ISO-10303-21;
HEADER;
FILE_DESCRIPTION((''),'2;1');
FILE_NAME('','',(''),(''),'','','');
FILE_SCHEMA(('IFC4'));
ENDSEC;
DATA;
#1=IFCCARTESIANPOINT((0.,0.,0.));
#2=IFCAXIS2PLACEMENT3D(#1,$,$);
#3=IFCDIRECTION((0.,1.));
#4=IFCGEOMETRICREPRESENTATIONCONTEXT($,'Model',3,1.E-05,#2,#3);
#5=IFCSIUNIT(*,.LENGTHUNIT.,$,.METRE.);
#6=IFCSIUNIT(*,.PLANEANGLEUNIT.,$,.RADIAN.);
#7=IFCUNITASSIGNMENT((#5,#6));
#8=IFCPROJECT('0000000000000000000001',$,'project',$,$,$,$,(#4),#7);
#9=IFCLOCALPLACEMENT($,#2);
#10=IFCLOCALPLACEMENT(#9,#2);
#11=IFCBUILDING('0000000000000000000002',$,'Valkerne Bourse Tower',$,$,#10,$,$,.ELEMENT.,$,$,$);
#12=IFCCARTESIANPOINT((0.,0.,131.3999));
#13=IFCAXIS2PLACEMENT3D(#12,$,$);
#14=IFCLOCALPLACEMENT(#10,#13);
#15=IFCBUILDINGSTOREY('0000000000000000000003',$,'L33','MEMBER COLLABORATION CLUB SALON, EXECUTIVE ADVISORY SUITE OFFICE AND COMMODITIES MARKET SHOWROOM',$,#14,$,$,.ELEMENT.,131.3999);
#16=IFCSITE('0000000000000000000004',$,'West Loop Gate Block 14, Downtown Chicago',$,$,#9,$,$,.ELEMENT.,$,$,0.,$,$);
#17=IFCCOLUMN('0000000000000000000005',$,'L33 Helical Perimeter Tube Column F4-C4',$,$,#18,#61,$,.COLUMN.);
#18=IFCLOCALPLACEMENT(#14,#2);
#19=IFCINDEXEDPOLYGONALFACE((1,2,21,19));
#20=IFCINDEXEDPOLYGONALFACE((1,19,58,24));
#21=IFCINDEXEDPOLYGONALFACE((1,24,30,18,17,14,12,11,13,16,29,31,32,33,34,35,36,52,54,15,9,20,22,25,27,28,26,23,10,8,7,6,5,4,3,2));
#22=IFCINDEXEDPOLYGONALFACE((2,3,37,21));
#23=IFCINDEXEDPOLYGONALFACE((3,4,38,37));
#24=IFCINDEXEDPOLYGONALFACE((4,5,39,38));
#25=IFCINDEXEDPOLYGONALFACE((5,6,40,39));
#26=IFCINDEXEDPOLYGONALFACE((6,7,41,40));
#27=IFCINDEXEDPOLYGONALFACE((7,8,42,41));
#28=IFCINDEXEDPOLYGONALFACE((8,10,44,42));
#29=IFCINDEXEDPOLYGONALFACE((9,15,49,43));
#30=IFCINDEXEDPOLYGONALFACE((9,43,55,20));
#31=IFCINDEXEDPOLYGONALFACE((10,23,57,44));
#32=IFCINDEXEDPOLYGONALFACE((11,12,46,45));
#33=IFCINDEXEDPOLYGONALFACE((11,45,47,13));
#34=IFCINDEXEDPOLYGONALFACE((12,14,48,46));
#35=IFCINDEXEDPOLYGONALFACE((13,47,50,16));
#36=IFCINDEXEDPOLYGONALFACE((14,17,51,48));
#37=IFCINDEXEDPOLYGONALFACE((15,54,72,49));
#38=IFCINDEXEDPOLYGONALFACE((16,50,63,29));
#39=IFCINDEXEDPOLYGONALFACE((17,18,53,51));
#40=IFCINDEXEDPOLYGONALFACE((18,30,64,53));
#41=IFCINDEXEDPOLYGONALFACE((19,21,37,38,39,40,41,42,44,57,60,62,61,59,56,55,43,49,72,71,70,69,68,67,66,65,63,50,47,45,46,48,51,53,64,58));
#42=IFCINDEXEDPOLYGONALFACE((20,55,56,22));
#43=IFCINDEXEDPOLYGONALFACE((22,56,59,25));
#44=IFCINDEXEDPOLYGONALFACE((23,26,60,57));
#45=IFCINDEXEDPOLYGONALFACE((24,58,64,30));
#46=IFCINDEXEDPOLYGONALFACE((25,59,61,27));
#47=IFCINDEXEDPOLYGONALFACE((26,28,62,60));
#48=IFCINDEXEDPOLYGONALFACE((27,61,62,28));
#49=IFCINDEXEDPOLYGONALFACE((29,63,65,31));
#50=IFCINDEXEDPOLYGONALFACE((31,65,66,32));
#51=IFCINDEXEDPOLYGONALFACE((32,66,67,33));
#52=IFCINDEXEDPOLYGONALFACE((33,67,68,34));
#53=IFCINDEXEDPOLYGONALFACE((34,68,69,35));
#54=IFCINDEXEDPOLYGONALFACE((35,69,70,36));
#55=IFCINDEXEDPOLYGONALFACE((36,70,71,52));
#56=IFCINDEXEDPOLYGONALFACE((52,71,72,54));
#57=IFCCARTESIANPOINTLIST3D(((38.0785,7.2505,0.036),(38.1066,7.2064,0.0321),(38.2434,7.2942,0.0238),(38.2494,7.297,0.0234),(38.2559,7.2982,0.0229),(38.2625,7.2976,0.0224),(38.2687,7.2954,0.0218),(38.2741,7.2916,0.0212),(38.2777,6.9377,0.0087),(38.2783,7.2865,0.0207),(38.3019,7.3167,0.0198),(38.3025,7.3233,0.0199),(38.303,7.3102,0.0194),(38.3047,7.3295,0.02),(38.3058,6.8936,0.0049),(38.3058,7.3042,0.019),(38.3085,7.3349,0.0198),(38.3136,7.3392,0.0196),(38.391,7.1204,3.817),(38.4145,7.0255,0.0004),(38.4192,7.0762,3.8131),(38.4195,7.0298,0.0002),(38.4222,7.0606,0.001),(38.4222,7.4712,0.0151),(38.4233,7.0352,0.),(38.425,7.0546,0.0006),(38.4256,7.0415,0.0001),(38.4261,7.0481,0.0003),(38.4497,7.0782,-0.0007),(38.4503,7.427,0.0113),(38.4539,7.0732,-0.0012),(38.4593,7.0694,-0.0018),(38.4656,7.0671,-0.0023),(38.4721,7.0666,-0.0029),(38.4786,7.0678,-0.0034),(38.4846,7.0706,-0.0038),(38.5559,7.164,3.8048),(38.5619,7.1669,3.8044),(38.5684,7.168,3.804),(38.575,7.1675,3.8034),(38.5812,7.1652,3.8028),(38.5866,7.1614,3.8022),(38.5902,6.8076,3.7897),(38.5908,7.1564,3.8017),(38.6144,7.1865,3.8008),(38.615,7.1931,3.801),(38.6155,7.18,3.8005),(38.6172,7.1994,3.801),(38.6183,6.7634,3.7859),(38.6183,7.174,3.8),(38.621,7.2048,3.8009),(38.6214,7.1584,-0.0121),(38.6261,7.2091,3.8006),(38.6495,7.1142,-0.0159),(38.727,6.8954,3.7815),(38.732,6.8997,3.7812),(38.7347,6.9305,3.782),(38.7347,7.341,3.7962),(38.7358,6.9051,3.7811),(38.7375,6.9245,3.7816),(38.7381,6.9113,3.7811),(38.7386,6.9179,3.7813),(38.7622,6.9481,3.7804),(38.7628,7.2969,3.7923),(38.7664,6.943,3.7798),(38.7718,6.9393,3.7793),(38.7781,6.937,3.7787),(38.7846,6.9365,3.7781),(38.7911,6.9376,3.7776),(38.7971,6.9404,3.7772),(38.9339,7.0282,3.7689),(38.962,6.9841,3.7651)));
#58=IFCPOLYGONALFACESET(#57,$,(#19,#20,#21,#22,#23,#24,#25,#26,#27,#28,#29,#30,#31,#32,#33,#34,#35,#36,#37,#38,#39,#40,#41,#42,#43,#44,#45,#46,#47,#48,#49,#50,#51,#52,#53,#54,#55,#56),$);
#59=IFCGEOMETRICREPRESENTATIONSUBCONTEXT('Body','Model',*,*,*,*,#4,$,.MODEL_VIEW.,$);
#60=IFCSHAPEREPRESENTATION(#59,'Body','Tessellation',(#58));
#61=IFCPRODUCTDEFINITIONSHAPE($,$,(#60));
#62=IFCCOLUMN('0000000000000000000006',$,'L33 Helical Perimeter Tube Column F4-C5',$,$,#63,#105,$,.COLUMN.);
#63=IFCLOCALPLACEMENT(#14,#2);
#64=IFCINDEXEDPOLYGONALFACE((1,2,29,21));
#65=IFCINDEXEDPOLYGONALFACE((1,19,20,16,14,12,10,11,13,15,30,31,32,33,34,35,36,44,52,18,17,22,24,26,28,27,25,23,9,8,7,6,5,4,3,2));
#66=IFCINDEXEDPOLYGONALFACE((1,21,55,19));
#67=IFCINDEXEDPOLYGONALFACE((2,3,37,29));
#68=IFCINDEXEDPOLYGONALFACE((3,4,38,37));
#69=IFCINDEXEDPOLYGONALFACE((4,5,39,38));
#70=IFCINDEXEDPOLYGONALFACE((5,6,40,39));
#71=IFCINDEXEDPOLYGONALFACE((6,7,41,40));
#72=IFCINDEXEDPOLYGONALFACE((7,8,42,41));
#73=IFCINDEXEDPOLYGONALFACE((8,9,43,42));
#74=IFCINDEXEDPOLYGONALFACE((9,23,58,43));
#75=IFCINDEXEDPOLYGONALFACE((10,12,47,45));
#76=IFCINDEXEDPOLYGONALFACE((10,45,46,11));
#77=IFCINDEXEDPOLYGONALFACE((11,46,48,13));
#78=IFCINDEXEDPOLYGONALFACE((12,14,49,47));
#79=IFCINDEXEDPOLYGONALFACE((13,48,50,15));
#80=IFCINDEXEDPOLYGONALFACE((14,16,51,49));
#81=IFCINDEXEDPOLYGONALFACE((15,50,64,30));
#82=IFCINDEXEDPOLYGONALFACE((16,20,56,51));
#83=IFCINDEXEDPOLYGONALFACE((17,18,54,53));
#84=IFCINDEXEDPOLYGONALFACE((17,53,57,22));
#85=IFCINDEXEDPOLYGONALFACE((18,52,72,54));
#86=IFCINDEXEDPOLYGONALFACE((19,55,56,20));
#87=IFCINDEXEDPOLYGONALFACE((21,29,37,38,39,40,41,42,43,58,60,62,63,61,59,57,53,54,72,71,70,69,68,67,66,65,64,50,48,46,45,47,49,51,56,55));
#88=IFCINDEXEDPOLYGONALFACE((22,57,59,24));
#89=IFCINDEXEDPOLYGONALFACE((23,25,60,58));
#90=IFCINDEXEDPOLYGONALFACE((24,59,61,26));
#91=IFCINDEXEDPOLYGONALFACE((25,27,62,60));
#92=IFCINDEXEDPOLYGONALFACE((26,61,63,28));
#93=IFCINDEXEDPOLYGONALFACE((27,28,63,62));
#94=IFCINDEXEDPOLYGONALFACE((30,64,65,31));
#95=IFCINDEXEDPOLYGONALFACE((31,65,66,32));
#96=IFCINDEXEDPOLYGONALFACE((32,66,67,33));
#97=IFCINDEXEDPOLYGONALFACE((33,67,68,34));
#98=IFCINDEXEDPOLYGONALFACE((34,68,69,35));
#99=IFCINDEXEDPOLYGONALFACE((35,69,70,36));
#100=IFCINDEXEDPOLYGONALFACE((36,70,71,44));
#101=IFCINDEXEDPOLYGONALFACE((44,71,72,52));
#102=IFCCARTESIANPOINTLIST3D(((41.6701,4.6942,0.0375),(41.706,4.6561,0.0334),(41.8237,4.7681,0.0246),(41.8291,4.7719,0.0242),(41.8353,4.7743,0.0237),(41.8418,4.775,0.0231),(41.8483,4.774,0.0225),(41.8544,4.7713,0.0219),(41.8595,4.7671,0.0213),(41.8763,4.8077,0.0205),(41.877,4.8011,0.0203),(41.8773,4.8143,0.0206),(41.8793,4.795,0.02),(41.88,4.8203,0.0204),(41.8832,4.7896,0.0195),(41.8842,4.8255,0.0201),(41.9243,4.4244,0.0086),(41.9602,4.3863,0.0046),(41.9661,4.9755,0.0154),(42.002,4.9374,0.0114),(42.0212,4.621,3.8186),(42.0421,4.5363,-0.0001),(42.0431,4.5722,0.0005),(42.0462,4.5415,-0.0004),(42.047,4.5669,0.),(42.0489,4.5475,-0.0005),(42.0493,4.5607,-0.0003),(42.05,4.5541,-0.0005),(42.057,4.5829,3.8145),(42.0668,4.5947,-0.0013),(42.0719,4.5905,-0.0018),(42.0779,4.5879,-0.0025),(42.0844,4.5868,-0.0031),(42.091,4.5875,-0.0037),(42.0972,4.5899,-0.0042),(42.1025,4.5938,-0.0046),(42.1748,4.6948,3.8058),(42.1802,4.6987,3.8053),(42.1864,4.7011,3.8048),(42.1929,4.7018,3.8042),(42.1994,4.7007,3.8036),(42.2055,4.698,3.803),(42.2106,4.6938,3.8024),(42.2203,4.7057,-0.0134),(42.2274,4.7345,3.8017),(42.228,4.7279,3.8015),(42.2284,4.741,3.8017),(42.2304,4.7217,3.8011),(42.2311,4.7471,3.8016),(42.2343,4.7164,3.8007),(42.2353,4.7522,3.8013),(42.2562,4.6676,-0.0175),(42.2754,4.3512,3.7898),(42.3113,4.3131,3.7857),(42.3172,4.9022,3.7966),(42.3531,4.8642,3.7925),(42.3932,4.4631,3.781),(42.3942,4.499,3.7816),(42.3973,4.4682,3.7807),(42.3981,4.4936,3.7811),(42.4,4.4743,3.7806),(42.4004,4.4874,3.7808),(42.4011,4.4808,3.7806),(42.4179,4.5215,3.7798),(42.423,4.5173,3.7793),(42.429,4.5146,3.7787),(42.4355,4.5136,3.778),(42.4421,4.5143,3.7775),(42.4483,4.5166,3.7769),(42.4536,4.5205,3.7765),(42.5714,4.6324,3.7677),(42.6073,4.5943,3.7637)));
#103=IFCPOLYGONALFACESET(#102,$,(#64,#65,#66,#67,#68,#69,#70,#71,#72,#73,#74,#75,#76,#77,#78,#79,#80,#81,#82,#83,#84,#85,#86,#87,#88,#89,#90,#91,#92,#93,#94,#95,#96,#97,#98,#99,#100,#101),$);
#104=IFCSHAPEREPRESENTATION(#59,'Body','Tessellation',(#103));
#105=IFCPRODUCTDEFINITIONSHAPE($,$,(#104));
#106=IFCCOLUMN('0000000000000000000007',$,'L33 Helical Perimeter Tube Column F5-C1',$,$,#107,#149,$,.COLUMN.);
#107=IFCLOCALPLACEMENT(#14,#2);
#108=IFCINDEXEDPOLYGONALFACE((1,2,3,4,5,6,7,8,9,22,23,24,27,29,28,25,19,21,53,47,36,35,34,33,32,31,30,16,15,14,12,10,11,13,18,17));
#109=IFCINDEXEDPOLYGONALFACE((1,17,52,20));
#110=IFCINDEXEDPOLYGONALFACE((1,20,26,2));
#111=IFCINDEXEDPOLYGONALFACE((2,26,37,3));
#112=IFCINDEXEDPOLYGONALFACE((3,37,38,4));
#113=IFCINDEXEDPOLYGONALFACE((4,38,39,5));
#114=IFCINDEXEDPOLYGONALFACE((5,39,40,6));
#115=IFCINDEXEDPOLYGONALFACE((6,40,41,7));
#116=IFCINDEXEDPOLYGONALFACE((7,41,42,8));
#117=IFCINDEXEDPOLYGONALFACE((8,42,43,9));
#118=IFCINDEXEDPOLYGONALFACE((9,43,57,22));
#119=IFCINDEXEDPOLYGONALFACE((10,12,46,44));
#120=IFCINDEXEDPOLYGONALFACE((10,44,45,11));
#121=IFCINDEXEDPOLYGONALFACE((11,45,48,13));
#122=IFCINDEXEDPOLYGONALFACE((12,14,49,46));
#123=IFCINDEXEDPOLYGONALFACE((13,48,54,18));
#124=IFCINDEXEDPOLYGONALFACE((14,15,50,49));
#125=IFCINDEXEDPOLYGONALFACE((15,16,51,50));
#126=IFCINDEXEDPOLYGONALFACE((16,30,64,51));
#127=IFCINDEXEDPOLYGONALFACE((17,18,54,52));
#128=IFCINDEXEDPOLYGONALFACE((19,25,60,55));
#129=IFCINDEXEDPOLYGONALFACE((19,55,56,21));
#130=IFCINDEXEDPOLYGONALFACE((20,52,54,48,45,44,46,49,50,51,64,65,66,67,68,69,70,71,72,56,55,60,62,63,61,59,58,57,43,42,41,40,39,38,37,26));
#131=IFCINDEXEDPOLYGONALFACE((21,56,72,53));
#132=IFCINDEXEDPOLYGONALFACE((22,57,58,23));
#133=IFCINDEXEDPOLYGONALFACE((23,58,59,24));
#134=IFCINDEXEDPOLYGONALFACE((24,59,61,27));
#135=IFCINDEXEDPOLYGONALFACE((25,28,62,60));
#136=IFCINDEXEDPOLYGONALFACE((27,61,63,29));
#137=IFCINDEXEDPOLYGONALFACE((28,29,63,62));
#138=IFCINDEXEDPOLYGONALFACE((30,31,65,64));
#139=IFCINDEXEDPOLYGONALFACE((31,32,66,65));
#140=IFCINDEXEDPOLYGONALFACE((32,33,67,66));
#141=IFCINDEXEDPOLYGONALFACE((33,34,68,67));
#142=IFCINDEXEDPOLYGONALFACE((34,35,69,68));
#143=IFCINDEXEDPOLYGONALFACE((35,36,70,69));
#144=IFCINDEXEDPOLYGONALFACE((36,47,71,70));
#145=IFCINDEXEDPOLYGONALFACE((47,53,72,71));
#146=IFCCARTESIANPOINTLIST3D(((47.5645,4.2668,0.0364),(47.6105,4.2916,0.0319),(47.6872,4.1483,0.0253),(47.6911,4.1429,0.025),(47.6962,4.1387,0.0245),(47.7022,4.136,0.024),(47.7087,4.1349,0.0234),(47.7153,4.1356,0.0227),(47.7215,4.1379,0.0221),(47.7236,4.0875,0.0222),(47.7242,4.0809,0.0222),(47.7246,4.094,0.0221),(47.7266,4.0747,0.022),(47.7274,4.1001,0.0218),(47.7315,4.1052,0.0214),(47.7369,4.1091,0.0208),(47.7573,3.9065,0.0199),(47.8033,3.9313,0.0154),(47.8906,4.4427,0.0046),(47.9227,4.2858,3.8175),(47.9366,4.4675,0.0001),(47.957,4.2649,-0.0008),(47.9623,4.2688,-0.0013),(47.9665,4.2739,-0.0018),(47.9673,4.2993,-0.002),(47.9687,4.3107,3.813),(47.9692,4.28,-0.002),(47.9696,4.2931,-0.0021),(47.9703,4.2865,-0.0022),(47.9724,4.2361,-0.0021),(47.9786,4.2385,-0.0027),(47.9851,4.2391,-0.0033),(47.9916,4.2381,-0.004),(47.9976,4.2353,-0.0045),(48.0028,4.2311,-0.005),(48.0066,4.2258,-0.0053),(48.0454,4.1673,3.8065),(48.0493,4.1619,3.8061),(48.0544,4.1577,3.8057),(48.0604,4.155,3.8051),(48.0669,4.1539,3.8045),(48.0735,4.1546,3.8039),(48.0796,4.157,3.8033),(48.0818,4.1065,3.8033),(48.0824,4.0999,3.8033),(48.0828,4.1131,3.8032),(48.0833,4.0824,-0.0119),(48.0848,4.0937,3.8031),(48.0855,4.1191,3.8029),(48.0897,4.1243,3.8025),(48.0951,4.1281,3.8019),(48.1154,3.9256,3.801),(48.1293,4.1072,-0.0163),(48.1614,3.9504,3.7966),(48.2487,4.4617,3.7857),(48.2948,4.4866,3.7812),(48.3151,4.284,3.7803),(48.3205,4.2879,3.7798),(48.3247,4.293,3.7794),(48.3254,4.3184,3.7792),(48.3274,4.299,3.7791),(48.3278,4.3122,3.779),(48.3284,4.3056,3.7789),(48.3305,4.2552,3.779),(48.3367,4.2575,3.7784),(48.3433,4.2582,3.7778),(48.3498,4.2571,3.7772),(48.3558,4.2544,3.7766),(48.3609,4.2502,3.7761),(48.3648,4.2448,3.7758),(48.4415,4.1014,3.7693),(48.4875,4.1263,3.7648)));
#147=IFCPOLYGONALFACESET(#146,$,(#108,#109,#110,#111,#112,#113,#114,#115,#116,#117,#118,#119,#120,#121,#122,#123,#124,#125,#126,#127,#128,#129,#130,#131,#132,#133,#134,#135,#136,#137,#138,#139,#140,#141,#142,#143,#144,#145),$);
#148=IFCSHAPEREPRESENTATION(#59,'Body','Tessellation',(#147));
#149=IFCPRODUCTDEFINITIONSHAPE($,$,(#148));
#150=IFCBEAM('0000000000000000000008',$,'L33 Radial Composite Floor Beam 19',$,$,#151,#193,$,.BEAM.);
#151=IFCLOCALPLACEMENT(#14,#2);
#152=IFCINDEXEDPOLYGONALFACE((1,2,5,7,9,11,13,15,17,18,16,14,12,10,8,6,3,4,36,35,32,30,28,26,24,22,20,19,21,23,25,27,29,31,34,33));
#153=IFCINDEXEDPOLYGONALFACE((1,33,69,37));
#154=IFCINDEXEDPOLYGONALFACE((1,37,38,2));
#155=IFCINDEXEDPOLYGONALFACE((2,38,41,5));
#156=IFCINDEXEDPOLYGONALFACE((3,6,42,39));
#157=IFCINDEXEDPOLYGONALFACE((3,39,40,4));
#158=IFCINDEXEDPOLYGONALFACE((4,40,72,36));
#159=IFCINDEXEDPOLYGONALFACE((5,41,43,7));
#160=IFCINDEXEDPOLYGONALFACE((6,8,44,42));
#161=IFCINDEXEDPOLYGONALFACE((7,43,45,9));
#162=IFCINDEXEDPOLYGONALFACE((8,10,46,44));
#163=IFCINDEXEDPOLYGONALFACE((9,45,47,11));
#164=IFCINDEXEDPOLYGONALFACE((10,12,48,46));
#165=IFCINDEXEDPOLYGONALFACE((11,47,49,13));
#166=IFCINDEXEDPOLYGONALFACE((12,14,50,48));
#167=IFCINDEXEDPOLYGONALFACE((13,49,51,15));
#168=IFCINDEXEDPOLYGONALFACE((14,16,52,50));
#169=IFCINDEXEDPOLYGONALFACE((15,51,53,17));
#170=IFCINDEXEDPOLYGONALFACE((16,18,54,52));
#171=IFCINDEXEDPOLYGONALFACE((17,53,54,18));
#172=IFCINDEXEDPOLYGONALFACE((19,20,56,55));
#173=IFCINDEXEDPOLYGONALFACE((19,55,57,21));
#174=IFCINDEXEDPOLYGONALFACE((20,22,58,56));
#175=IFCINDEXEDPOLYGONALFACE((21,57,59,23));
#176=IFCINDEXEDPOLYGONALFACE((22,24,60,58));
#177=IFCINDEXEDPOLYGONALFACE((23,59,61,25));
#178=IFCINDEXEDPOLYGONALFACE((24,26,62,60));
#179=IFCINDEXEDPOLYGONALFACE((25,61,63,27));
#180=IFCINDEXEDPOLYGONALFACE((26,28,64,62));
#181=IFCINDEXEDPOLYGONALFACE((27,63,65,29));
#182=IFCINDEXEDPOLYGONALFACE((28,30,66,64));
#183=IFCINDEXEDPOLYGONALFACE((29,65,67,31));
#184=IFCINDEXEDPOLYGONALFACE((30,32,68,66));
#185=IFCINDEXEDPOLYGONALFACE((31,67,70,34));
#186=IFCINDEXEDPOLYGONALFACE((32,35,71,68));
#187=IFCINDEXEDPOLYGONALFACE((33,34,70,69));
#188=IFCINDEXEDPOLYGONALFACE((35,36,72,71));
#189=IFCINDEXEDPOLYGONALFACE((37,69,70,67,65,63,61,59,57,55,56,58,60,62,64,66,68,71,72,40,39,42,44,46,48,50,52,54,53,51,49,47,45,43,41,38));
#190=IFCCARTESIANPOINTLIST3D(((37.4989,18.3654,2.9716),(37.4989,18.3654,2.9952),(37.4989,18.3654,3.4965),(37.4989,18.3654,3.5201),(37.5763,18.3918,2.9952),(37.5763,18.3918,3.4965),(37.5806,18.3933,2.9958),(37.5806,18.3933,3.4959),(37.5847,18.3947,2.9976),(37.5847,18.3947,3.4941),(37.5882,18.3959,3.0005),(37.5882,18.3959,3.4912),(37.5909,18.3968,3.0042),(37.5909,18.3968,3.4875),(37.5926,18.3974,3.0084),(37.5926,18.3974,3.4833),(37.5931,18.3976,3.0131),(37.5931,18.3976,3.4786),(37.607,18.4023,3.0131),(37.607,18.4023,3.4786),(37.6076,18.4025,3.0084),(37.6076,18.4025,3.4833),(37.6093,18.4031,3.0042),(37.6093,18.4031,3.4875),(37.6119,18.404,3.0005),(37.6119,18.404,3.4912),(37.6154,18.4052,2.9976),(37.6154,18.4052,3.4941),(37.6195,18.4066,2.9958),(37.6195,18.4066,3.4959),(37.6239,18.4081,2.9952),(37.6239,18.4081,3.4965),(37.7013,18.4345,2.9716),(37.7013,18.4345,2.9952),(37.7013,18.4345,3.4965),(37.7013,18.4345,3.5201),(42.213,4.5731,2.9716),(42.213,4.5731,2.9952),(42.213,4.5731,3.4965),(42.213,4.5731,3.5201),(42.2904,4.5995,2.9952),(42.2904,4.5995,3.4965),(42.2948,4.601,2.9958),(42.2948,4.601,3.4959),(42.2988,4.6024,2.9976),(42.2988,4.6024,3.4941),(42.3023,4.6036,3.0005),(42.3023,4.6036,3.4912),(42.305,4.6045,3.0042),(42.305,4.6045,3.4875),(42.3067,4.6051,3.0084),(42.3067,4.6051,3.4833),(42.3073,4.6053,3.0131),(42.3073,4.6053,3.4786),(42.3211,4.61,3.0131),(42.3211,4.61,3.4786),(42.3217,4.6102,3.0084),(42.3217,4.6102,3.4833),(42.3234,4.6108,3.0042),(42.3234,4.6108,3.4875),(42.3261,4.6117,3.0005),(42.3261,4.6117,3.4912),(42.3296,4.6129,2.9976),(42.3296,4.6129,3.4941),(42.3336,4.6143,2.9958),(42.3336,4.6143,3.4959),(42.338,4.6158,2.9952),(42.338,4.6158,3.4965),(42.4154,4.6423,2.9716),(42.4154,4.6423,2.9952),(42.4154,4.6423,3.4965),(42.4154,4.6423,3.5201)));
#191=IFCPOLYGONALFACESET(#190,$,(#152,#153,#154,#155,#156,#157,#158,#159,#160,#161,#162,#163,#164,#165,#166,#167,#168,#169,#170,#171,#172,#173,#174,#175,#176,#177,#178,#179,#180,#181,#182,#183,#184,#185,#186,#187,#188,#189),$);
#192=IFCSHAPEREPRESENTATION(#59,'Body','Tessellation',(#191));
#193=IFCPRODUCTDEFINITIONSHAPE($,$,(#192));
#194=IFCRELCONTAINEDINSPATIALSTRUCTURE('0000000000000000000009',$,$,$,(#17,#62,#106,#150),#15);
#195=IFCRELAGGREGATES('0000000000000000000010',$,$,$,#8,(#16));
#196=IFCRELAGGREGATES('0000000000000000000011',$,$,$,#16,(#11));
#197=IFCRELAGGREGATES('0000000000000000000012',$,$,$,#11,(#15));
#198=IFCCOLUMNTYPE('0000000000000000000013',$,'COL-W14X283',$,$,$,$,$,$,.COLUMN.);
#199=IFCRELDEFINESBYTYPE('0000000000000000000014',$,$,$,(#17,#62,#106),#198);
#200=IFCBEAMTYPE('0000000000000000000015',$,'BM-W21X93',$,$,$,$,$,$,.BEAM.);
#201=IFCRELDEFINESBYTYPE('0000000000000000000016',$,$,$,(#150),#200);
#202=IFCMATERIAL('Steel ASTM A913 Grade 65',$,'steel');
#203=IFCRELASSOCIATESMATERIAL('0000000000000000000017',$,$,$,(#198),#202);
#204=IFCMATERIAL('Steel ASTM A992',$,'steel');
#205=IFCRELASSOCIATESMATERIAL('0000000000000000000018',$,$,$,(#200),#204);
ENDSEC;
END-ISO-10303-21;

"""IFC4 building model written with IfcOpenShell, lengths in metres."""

from ifc_helpers import new_model, si_unit, direction, frame, origin, origin_2d, place, context, subcontext, project, spatial, i_section, extrude, material, material_profile, profile_set, type_object, element, save


model = new_model("IFC4")

# Units and contexts
model_context = context("Model", 3, precision=1e-05, world=origin(), true_north=direction((0.0, 1.0)))
body_context = subcontext(model_context, "Body", "Model", "MODEL_VIEW")
ifc_project = project(units=[si_unit("LENGTHUNIT", "METRE"), si_unit("PLANEANGLEUNIT", "RADIAN")], contexts=[model_context])

# Site, building, storey
site_placement = place(None, origin())
site = spatial("IfcSite", under=ifc_project, at=site_placement, Name="West Loop Gate Block 14, Downtown Chicago", CompositionType="ELEMENT", RefElevation=0.0)
building_placement = place(site_placement, origin())
building = spatial("IfcBuilding", under=site, at=building_placement, Name="Valkerne Bourse Tower", CompositionType="ELEMENT")
storey_placement = place(building_placement, frame((0.0, 0.0, 131.3999)))
storey = spatial("IfcBuildingStorey", under=building, at=storey_placement, Name="L33", Description="MEMBER COLLABORATION CLUB SALON, EXECUTIVE ADVISORY SUITE OFFICE AND COMMODITIES MARKET SHOWROOM", CompositionType="ELEMENT", Elevation=131.3999)

# Columns
ifc_material_1 = material(Name="Steel ASTM A913 Grade 65", Category="steel")
ifc_material_profile_1 = material_profile(ifc_material_1, i_section(OverallWidth=0.4089, OverallDepth=0.4243, WebThickness=0.0327, FlangeThickness=0.0525, FilletRadius=0.0254, at=origin_2d()), Name="W14X283")
ifc_profile_set_1 = profile_set([ifc_material_profile_1], Name="Steel ASTM A913 Grade 65")
column_type = type_object("IfcColumnType", Name="COL-W14X283", PredefinedType="COLUMN", material=ifc_profile_set_1)
column_placement = place(storey_placement, frame((38.364, 7.1824, 0.01), z_axis=(0.082321, -0.034279, 0.996016), x_axis=(0.840421, 0.53954, -0.050892)))
element("IfcColumn", 1, at=column_placement, inside=storey, type_object=column_type, Name="L33 Helical Perimeter Tube Column F4-C4", PredefinedType="COLUMN", context=body_context, shape_type="SweptSolid", body=[
    extrude(i_section(OverallWidth=0.4089, OverallDepth=0.4243, WebThickness=0.0327, FlangeThickness=0.0525, FilletRadius=0.0254, at=origin_2d()), origin(), (0.0, 0.0, 1.0), 3.7961),
])
for number, where, z_axis, x_axis, name in (
    (2, (41.9631, 4.6809, 0.01), (0.092437, -0.019285, 0.995532), (0.723889, 0.687809, -0.053891), "L33 Helical Perimeter Tube Column F4-C5"),
    (3, (47.8469, 4.187, 0.01), (0.094301, 0.005014, 0.995531), (-0.47132, 0.881045, 0.040208), "L33 Helical Perimeter Tube Column F5-C1"),
):
    element("IfcColumn", number, at=place(storey_placement, frame(where, z_axis=z_axis, x_axis=x_axis)), inside=storey, type_object=column_type, Name=name, PredefinedType="COLUMN", context=body_context, shape_type="SweptSolid", body=[
        extrude(i_section(OverallWidth=0.4089, OverallDepth=0.4243, WebThickness=0.0327, FlangeThickness=0.0525, FilletRadius=0.0254, at=origin_2d()), origin(), (0.0, 0.0, 1.0), 3.7981),
    ])

# Beam
ifc_material_2 = material(Name="Steel ASTM A992", Category="steel")
ifc_material_profile_2 = material_profile(ifc_material_2, i_section(OverallWidth=0.2139, OverallDepth=0.5486, WebThickness=0.0146, FlangeThickness=0.0237, FilletRadius=0.0178, at=origin_2d()), Name="W21X93")
ifc_profile_set_2 = profile_set([ifc_material_profile_2], Name="Steel ASTM A992")
beam_type_1 = type_object("IfcBeamType", Name="BM-W21X93", PredefinedType="BEAM", material=ifc_profile_set_2)
beam_1_placement = place(storey_placement, frame((42.3142, 4.6077, 3.2458), z_axis=(-0.323424, 0.946254, 0.0), x_axis=(-0.946254, -0.323424, 0.0)))
element("IfcBeam", 4, at=beam_1_placement, inside=storey, type_object=beam_type_1, Name="L33 Radial Composite Floor Beam 19", PredefinedType="BEAM", context=body_context, shape_type="SweptSolid", body=[
    extrude(i_section(OverallWidth=0.2139, OverallDepth=0.5486, WebThickness=0.0146, FlangeThickness=0.0237, FilletRadius=0.0178, at=origin_2d()), origin(), (0.0, 0.0, 1.0), 14.5757),
])

save(model, "model.ifc")
